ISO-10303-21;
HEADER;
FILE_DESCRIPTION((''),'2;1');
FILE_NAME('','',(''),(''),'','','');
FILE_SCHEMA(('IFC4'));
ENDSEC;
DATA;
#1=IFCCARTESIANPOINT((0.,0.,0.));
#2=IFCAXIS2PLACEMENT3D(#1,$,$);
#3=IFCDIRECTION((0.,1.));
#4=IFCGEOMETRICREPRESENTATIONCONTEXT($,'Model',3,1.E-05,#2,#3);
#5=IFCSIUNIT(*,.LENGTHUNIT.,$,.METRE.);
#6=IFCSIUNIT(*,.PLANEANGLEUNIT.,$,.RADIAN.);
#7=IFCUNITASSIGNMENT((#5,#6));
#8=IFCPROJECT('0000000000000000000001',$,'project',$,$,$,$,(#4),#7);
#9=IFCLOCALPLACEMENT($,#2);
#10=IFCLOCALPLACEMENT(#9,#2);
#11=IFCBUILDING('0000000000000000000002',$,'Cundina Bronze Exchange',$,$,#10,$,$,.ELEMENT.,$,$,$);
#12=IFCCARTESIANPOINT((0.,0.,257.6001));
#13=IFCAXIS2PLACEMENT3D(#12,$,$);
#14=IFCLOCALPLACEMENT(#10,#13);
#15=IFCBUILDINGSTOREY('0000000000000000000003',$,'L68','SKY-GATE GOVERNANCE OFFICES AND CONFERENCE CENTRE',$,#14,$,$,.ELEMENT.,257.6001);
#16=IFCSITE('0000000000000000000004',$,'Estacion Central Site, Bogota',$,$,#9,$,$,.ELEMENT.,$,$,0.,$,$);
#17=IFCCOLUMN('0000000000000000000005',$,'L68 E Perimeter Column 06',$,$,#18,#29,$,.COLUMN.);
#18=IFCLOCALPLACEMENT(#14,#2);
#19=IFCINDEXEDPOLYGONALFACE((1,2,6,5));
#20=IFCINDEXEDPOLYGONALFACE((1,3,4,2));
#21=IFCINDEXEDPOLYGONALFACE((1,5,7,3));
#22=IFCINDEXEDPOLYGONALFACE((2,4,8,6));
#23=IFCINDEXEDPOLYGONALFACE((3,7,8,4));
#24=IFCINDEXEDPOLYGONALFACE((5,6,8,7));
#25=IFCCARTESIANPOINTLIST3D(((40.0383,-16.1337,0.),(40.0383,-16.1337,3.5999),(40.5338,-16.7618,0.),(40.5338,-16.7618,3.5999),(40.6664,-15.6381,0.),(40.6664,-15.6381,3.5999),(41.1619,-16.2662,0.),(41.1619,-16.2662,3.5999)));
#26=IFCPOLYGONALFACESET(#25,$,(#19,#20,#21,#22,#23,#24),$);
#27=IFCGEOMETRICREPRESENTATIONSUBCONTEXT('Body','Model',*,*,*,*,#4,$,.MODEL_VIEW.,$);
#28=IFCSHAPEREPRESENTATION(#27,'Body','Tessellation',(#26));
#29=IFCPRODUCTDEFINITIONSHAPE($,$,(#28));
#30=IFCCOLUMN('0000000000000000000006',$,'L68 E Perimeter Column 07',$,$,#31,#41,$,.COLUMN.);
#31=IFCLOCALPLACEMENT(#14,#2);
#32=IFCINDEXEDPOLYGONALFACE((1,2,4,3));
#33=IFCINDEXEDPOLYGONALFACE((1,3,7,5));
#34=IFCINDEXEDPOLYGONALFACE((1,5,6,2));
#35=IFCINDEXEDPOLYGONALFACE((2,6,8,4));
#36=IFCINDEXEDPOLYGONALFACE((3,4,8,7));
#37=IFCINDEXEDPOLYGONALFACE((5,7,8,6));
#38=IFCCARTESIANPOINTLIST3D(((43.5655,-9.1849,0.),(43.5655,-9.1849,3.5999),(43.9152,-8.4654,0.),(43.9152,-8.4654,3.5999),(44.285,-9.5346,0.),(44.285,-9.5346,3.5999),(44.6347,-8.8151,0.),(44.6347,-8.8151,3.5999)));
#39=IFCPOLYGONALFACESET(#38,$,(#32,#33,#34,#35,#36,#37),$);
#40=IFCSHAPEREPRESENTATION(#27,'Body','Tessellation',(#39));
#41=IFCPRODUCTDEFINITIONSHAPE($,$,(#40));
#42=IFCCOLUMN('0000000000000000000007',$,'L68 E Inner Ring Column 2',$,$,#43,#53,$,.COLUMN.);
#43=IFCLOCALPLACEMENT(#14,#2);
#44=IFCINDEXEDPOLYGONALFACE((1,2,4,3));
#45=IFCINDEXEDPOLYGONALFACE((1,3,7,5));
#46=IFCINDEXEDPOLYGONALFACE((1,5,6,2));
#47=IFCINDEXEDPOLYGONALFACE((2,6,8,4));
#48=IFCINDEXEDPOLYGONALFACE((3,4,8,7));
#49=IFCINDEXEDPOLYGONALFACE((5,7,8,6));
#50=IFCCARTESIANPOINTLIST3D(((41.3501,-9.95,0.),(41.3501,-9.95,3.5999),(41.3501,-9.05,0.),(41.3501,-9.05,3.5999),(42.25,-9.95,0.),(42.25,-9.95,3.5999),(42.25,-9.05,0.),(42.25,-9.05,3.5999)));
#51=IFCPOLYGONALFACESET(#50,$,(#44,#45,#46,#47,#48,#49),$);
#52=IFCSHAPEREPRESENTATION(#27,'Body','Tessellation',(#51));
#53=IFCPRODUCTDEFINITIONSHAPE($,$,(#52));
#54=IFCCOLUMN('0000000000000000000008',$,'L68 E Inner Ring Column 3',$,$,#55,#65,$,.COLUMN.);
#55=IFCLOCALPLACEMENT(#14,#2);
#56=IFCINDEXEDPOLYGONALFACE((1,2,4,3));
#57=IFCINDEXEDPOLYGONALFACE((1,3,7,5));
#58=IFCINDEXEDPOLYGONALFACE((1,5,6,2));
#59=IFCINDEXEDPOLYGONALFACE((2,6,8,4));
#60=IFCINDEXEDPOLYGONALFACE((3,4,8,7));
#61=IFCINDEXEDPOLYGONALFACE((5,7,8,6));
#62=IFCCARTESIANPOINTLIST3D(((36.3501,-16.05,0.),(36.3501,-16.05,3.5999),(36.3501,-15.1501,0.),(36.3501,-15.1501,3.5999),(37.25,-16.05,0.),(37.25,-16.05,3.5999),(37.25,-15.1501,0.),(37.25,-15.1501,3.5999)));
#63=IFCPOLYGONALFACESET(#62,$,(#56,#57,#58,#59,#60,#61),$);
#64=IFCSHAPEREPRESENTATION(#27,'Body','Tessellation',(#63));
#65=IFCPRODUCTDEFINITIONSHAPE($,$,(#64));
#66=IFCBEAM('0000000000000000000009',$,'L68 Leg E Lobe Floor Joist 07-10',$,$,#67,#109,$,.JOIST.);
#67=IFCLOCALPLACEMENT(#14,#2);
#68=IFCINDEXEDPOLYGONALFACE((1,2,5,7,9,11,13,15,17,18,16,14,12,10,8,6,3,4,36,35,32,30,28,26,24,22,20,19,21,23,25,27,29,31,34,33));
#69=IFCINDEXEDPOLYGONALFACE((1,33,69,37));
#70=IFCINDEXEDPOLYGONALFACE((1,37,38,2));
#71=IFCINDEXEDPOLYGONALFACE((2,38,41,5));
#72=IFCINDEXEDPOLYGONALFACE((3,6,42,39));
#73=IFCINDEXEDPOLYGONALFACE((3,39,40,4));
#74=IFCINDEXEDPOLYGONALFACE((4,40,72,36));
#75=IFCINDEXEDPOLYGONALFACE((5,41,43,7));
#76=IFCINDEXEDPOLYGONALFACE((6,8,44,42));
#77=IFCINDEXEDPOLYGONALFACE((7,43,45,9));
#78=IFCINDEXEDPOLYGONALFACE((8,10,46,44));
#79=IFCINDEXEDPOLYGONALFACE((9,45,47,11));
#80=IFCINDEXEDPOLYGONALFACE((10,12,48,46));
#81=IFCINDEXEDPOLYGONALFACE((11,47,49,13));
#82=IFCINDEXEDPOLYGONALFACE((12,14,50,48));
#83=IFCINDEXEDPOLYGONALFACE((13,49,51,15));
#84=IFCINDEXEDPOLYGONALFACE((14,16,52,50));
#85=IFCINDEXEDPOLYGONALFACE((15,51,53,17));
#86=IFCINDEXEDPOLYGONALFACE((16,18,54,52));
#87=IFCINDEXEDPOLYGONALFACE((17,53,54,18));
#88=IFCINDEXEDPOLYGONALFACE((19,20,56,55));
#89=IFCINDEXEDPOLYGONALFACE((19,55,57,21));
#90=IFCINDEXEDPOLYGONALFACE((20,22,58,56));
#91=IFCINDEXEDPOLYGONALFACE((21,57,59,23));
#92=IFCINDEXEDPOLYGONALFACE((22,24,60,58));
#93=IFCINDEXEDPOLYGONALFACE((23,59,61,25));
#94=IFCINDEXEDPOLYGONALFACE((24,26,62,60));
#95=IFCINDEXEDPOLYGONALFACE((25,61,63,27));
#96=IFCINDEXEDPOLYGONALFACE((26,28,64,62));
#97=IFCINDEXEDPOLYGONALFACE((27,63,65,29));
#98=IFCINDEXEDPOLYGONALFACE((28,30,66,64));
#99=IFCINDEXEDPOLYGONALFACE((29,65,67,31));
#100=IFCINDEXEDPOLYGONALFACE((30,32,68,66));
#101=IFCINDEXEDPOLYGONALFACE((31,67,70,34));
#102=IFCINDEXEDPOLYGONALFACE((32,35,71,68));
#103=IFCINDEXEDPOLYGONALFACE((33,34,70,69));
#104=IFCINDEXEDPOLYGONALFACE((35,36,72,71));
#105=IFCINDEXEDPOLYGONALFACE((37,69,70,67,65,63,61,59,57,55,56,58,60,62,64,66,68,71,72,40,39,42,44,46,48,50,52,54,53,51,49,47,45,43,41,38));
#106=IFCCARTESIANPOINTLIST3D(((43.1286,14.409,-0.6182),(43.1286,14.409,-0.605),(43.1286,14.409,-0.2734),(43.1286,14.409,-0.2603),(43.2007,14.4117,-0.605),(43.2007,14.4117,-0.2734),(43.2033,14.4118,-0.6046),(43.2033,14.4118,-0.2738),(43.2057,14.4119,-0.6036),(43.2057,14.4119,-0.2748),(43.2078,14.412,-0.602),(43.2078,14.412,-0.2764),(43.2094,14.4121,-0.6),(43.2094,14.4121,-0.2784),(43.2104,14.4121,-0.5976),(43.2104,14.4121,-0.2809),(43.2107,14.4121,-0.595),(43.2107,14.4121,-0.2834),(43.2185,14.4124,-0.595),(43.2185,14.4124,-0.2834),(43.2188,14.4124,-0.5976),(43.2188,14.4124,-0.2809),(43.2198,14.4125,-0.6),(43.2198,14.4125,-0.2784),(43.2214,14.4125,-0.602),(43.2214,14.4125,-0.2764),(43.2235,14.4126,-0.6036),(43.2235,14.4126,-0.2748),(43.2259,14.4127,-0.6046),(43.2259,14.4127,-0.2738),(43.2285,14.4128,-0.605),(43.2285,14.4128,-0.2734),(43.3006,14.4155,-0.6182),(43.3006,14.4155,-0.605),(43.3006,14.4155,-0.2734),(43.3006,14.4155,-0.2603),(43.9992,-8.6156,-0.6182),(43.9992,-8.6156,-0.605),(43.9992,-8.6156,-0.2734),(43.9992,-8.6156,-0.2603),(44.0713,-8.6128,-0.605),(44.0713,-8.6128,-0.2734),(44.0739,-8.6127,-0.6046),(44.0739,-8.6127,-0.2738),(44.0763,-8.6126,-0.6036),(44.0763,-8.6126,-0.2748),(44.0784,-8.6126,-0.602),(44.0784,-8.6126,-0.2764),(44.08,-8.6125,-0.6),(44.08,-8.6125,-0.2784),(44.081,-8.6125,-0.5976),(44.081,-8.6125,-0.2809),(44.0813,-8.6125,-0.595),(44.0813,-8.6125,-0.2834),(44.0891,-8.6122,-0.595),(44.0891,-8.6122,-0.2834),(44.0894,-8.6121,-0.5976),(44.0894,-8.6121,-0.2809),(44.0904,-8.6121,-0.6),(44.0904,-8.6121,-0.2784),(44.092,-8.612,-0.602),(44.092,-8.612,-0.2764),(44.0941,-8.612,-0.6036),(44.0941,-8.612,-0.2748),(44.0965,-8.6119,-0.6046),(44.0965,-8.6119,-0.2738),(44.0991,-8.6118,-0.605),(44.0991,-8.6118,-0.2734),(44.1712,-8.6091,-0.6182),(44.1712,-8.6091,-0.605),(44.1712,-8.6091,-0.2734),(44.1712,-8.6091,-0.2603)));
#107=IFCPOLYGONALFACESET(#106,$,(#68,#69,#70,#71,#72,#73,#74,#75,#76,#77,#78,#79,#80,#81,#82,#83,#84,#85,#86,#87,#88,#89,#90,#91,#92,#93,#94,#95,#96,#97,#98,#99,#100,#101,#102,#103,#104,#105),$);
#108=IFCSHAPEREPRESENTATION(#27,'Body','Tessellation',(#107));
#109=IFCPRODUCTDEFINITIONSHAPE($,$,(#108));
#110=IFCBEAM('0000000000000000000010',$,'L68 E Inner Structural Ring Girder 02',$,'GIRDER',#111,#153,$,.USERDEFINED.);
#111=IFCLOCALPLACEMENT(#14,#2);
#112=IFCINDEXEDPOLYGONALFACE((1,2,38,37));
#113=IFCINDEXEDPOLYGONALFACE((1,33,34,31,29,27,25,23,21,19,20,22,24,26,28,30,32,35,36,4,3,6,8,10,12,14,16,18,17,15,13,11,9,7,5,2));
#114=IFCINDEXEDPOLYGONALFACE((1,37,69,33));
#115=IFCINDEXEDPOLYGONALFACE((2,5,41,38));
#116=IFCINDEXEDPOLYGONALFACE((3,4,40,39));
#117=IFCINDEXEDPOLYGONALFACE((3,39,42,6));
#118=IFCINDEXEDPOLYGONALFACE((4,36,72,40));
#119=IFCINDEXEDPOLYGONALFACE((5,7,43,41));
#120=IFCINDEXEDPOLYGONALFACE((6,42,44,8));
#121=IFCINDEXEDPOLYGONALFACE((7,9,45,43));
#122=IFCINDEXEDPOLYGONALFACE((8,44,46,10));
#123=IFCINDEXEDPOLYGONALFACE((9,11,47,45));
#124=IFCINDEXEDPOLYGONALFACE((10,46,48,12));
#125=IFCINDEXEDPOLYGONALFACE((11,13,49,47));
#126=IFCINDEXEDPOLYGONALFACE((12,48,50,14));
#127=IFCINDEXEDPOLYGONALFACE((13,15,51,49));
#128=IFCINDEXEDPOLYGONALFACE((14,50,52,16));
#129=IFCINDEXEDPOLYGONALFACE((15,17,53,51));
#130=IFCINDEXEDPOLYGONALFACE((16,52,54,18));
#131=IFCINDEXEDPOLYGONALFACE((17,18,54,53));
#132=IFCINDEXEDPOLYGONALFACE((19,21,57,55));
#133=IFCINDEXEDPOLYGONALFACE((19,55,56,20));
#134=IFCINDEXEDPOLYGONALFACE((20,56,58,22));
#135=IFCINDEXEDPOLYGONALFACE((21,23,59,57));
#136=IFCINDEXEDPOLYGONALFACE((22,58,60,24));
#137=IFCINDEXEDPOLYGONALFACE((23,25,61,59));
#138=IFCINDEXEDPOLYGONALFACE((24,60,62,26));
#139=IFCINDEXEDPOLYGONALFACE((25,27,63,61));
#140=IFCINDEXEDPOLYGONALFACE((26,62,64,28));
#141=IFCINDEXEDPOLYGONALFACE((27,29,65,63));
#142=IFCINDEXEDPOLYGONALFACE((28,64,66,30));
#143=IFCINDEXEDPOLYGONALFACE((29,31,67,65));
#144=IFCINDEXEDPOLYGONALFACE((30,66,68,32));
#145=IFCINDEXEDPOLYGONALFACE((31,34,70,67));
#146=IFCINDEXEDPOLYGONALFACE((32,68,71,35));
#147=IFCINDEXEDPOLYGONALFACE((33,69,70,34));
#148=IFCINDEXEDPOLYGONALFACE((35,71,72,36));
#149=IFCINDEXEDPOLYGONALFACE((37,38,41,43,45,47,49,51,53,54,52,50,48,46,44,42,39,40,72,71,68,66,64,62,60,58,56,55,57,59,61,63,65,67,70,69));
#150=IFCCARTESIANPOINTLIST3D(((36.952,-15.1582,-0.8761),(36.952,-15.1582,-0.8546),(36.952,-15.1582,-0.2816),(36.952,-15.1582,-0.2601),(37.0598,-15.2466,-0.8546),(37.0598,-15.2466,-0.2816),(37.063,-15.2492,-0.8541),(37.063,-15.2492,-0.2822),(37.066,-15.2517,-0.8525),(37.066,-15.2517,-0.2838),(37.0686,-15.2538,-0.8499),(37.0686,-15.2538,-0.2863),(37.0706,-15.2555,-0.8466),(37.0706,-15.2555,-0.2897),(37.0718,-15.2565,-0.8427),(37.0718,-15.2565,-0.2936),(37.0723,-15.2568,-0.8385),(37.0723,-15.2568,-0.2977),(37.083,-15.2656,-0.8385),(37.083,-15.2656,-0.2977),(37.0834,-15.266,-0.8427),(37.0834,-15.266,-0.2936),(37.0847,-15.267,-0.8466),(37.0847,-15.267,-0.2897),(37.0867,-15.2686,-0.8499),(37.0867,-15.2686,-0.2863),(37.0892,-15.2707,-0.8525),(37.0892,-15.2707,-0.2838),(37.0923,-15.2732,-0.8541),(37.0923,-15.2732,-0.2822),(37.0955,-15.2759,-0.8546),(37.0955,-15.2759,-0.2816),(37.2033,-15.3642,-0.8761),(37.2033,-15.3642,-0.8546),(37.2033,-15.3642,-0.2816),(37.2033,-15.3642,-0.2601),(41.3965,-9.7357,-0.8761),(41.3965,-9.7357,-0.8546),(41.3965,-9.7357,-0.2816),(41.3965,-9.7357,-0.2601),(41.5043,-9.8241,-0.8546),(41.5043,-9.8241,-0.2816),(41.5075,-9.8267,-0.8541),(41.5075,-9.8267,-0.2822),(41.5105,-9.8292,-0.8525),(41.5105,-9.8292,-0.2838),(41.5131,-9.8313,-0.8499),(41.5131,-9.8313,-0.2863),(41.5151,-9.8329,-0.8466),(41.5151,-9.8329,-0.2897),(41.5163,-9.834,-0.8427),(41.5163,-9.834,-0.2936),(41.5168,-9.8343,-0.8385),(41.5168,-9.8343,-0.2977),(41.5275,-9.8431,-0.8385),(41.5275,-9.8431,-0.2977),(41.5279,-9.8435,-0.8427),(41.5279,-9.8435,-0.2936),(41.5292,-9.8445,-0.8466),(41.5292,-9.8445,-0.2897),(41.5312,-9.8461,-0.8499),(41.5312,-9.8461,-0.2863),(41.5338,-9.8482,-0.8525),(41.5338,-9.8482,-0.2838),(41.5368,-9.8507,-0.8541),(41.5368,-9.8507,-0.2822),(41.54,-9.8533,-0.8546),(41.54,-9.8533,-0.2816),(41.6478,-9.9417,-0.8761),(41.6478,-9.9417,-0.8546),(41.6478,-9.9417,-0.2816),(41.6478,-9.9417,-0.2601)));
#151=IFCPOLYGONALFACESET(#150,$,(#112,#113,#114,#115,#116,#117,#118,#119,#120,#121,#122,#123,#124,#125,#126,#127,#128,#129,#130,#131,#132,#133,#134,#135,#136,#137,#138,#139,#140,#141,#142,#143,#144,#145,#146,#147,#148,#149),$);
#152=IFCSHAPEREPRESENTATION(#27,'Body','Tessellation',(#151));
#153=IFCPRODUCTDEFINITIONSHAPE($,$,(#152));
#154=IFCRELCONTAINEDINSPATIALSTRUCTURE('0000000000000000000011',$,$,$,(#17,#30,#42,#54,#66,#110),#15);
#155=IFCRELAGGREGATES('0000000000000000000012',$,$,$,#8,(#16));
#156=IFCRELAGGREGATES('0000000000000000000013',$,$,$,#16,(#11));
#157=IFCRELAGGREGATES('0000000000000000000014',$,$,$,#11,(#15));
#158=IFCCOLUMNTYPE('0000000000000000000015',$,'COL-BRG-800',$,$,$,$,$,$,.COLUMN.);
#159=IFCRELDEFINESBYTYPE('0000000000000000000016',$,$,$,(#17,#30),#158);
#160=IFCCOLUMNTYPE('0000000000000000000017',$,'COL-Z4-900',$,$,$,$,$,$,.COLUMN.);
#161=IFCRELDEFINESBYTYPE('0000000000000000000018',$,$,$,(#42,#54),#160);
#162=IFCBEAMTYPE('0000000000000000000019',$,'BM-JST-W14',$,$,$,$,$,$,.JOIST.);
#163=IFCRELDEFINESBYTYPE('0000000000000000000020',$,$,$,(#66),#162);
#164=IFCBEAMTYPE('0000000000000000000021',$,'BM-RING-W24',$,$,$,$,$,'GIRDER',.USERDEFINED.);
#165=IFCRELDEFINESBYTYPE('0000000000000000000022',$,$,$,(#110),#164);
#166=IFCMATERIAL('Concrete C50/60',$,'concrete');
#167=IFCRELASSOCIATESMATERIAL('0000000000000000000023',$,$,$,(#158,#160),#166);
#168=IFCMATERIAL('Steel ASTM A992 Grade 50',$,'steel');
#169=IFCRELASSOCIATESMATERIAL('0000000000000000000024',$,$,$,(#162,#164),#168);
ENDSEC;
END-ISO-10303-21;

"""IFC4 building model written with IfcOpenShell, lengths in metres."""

from ifc_helpers import new_model, si_unit, direction, frame, origin, origin_2d, place, context, subcontext, project, spatial, rectangle, i_section, extrude, material, material_profile, profile_set, type_object, element, save


model = new_model("IFC4")

# Units and contexts
model_context = context("Model", 3, precision=1e-05, world=origin(), true_north=direction((0.0, 1.0)))
body_context = subcontext(model_context, "Body", "Model", "MODEL_VIEW")
ifc_project = project(units=[si_unit("LENGTHUNIT", "METRE"), si_unit("PLANEANGLEUNIT", "RADIAN")], contexts=[model_context])

# Site, building, storey
site_placement = place(None, origin())
site = spatial("IfcSite", under=ifc_project, at=site_placement, Name="Estacion Central Site, Bogota", CompositionType="ELEMENT", RefElevation=0.0)
building_placement = place(site_placement, origin())
building = spatial("IfcBuilding", under=site, at=building_placement, Name="Cundina Bronze Exchange", CompositionType="ELEMENT")
storey_placement = place(building_placement, frame((0.0, 0.0, 257.6001)))
storey = spatial("IfcBuildingStorey", under=building, at=storey_placement, Name="L68", Description="SKY-GATE GOVERNANCE OFFICES AND CONFERENCE CENTRE", CompositionType="ELEMENT", Elevation=257.6001)

# Columns
ifc_material_1 = material(Name="Concrete C50/60", Category="concrete")
ifc_material_profile_1 = material_profile(ifc_material_1, rectangle(XDim=0.8, YDim=0.8, at=origin_2d()), Name="RC800X800", Category="concrete")
ifc_profile_set_1 = profile_set([ifc_material_profile_1], Name="Concrete C50/60")
column_type_1 = type_object("IfcColumnType", Name="COL-BRG-800", PredefinedType="COLUMN", material=ifc_profile_set_1)
for number, where, z_axis, x_axis, name in (
    (1, (40.6001, -16.2, 0.0), (0.0, 0.0, 1.0), (0.785101, 0.619368, 0.0), "L68 E Perimeter Column 06"),
    (2, (44.1001, -9.0, 0.0), (0.0, 0.0, 1.0), (0.437116, 0.899405, 0.0), "L68 E Perimeter Column 07"),
):
    element("IfcColumn", number, at=place(storey_placement, frame(where, z_axis=z_axis, x_axis=x_axis)), inside=storey, type_object=column_type_1, Name=name, PredefinedType="COLUMN", context=body_context, shape_type="SweptSolid", body=[
        extrude(rectangle(XDim=0.8, YDim=0.8, at=origin_2d()), origin(), (0.0, 0.0, 1.0), 3.5999),
    ])
ifc_material_profile_2 = material_profile(ifc_material_1, rectangle(XDim=0.8999, YDim=0.8999, at=origin_2d()), Name="RC900X900", Category="concrete")
ifc_profile_set_2 = profile_set([ifc_material_profile_2], Name="Concrete C50/60")
column_type_2 = type_object("IfcColumnType", Name="COL-Z4-900", PredefinedType="COLUMN", material=ifc_profile_set_2)
for number, where, z_axis, x_axis, name in (
    (3, (41.8, -9.5, 0.0), (0.0, 0.0, 1.0), (1.0, 0.0, 0.0), "L68 E Inner Ring Column 2"),
    (4, (36.8, -15.6001, 0.0), (0.0, 0.0, 1.0), (1.0, 0.0, 0.0), "L68 E Inner Ring Column 3"),
):
    element("IfcColumn", number, at=place(storey_placement, frame(where, z_axis=z_axis, x_axis=x_axis)), inside=storey, type_object=column_type_2, Name=name, PredefinedType="COLUMN", context=body_context, shape_type="SweptSolid", body=[
        extrude(rectangle(XDim=0.8999, YDim=0.8999, at=origin_2d()), origin(), (0.0, 0.0, 1.0), 3.5999),
    ])

# Beams
ifc_material_2 = material(Name="Steel ASTM A992 Grade 50", Category="steel")
ifc_material_profile_3 = material_profile(ifc_material_2, i_section(OverallWidth=0.1721, OverallDepth=0.3579, WebThickness=0.0078, FlangeThickness=0.0132, FilletRadius=0.01, at=origin_2d()), Name="W14X38", Category="steel")
ifc_profile_set_3 = profile_set([ifc_material_profile_3], Name="Steel ASTM A992 Grade 50")
beam_type_1 = type_object("IfcBeamType", Name="BM-JST-W14", PredefinedType="JOIST", material=ifc_profile_set_3)
beam_1_placement = place(storey_placement, frame((44.0852, -8.6123, -0.4392), z_axis=(-0.037785, 0.999286, 0.0), x_axis=(-0.999286, -0.037785, 0.0)))
element("IfcBeam", 5, at=beam_1_placement, inside=storey, type_object=beam_type_1, Name="L68 Leg E Lobe Floor Joist 07-10", PredefinedType="JOIST", context=body_context, shape_type="SweptSolid", body=[
    extrude(i_section(OverallWidth=0.1721, OverallDepth=0.3579, WebThickness=0.0078, FlangeThickness=0.0132, FilletRadius=0.01, at=origin_2d()), origin(), (0.0, 0.0, 1.0), 23.041),
])
ifc_material_profile_4 = material_profile(ifc_material_2, i_section(OverallWidth=0.325, OverallDepth=0.616, WebThickness=0.0139, FlangeThickness=0.0215, FilletRadius=0.0161, at=origin_2d()), Name="W24X117", Category="steel")
ifc_profile_set_4 = profile_set([ifc_material_profile_4], Name="Steel ASTM A992 Grade 50")
beam_type_2 = type_object("IfcBeamType", Name="BM-RING-W24", ElementType="GIRDER", PredefinedType="USERDEFINED", material=ifc_profile_set_4)
beam_2_placement = place(storey_placement, frame((37.0776, -15.2612, -0.5681), z_axis=(0.633913, 0.773405, 0.0), x_axis=(-0.773405, 0.633913, 0.0)))
element("IfcBeam", 6, at=beam_2_placement, inside=storey, type_object=beam_type_2, Name="L68 E Inner Structural Ring Girder 02", ObjectType="GIRDER", PredefinedType="USERDEFINED", context=body_context, shape_type="SweptSolid", body=[
    extrude(i_section(OverallWidth=0.325, OverallDepth=0.616, WebThickness=0.0139, FlangeThickness=0.0215, FilletRadius=0.0161, at=origin_2d()), origin(), (0.0, 0.0, 1.0), 7.0112),
])

save(model, "model.ifc")
